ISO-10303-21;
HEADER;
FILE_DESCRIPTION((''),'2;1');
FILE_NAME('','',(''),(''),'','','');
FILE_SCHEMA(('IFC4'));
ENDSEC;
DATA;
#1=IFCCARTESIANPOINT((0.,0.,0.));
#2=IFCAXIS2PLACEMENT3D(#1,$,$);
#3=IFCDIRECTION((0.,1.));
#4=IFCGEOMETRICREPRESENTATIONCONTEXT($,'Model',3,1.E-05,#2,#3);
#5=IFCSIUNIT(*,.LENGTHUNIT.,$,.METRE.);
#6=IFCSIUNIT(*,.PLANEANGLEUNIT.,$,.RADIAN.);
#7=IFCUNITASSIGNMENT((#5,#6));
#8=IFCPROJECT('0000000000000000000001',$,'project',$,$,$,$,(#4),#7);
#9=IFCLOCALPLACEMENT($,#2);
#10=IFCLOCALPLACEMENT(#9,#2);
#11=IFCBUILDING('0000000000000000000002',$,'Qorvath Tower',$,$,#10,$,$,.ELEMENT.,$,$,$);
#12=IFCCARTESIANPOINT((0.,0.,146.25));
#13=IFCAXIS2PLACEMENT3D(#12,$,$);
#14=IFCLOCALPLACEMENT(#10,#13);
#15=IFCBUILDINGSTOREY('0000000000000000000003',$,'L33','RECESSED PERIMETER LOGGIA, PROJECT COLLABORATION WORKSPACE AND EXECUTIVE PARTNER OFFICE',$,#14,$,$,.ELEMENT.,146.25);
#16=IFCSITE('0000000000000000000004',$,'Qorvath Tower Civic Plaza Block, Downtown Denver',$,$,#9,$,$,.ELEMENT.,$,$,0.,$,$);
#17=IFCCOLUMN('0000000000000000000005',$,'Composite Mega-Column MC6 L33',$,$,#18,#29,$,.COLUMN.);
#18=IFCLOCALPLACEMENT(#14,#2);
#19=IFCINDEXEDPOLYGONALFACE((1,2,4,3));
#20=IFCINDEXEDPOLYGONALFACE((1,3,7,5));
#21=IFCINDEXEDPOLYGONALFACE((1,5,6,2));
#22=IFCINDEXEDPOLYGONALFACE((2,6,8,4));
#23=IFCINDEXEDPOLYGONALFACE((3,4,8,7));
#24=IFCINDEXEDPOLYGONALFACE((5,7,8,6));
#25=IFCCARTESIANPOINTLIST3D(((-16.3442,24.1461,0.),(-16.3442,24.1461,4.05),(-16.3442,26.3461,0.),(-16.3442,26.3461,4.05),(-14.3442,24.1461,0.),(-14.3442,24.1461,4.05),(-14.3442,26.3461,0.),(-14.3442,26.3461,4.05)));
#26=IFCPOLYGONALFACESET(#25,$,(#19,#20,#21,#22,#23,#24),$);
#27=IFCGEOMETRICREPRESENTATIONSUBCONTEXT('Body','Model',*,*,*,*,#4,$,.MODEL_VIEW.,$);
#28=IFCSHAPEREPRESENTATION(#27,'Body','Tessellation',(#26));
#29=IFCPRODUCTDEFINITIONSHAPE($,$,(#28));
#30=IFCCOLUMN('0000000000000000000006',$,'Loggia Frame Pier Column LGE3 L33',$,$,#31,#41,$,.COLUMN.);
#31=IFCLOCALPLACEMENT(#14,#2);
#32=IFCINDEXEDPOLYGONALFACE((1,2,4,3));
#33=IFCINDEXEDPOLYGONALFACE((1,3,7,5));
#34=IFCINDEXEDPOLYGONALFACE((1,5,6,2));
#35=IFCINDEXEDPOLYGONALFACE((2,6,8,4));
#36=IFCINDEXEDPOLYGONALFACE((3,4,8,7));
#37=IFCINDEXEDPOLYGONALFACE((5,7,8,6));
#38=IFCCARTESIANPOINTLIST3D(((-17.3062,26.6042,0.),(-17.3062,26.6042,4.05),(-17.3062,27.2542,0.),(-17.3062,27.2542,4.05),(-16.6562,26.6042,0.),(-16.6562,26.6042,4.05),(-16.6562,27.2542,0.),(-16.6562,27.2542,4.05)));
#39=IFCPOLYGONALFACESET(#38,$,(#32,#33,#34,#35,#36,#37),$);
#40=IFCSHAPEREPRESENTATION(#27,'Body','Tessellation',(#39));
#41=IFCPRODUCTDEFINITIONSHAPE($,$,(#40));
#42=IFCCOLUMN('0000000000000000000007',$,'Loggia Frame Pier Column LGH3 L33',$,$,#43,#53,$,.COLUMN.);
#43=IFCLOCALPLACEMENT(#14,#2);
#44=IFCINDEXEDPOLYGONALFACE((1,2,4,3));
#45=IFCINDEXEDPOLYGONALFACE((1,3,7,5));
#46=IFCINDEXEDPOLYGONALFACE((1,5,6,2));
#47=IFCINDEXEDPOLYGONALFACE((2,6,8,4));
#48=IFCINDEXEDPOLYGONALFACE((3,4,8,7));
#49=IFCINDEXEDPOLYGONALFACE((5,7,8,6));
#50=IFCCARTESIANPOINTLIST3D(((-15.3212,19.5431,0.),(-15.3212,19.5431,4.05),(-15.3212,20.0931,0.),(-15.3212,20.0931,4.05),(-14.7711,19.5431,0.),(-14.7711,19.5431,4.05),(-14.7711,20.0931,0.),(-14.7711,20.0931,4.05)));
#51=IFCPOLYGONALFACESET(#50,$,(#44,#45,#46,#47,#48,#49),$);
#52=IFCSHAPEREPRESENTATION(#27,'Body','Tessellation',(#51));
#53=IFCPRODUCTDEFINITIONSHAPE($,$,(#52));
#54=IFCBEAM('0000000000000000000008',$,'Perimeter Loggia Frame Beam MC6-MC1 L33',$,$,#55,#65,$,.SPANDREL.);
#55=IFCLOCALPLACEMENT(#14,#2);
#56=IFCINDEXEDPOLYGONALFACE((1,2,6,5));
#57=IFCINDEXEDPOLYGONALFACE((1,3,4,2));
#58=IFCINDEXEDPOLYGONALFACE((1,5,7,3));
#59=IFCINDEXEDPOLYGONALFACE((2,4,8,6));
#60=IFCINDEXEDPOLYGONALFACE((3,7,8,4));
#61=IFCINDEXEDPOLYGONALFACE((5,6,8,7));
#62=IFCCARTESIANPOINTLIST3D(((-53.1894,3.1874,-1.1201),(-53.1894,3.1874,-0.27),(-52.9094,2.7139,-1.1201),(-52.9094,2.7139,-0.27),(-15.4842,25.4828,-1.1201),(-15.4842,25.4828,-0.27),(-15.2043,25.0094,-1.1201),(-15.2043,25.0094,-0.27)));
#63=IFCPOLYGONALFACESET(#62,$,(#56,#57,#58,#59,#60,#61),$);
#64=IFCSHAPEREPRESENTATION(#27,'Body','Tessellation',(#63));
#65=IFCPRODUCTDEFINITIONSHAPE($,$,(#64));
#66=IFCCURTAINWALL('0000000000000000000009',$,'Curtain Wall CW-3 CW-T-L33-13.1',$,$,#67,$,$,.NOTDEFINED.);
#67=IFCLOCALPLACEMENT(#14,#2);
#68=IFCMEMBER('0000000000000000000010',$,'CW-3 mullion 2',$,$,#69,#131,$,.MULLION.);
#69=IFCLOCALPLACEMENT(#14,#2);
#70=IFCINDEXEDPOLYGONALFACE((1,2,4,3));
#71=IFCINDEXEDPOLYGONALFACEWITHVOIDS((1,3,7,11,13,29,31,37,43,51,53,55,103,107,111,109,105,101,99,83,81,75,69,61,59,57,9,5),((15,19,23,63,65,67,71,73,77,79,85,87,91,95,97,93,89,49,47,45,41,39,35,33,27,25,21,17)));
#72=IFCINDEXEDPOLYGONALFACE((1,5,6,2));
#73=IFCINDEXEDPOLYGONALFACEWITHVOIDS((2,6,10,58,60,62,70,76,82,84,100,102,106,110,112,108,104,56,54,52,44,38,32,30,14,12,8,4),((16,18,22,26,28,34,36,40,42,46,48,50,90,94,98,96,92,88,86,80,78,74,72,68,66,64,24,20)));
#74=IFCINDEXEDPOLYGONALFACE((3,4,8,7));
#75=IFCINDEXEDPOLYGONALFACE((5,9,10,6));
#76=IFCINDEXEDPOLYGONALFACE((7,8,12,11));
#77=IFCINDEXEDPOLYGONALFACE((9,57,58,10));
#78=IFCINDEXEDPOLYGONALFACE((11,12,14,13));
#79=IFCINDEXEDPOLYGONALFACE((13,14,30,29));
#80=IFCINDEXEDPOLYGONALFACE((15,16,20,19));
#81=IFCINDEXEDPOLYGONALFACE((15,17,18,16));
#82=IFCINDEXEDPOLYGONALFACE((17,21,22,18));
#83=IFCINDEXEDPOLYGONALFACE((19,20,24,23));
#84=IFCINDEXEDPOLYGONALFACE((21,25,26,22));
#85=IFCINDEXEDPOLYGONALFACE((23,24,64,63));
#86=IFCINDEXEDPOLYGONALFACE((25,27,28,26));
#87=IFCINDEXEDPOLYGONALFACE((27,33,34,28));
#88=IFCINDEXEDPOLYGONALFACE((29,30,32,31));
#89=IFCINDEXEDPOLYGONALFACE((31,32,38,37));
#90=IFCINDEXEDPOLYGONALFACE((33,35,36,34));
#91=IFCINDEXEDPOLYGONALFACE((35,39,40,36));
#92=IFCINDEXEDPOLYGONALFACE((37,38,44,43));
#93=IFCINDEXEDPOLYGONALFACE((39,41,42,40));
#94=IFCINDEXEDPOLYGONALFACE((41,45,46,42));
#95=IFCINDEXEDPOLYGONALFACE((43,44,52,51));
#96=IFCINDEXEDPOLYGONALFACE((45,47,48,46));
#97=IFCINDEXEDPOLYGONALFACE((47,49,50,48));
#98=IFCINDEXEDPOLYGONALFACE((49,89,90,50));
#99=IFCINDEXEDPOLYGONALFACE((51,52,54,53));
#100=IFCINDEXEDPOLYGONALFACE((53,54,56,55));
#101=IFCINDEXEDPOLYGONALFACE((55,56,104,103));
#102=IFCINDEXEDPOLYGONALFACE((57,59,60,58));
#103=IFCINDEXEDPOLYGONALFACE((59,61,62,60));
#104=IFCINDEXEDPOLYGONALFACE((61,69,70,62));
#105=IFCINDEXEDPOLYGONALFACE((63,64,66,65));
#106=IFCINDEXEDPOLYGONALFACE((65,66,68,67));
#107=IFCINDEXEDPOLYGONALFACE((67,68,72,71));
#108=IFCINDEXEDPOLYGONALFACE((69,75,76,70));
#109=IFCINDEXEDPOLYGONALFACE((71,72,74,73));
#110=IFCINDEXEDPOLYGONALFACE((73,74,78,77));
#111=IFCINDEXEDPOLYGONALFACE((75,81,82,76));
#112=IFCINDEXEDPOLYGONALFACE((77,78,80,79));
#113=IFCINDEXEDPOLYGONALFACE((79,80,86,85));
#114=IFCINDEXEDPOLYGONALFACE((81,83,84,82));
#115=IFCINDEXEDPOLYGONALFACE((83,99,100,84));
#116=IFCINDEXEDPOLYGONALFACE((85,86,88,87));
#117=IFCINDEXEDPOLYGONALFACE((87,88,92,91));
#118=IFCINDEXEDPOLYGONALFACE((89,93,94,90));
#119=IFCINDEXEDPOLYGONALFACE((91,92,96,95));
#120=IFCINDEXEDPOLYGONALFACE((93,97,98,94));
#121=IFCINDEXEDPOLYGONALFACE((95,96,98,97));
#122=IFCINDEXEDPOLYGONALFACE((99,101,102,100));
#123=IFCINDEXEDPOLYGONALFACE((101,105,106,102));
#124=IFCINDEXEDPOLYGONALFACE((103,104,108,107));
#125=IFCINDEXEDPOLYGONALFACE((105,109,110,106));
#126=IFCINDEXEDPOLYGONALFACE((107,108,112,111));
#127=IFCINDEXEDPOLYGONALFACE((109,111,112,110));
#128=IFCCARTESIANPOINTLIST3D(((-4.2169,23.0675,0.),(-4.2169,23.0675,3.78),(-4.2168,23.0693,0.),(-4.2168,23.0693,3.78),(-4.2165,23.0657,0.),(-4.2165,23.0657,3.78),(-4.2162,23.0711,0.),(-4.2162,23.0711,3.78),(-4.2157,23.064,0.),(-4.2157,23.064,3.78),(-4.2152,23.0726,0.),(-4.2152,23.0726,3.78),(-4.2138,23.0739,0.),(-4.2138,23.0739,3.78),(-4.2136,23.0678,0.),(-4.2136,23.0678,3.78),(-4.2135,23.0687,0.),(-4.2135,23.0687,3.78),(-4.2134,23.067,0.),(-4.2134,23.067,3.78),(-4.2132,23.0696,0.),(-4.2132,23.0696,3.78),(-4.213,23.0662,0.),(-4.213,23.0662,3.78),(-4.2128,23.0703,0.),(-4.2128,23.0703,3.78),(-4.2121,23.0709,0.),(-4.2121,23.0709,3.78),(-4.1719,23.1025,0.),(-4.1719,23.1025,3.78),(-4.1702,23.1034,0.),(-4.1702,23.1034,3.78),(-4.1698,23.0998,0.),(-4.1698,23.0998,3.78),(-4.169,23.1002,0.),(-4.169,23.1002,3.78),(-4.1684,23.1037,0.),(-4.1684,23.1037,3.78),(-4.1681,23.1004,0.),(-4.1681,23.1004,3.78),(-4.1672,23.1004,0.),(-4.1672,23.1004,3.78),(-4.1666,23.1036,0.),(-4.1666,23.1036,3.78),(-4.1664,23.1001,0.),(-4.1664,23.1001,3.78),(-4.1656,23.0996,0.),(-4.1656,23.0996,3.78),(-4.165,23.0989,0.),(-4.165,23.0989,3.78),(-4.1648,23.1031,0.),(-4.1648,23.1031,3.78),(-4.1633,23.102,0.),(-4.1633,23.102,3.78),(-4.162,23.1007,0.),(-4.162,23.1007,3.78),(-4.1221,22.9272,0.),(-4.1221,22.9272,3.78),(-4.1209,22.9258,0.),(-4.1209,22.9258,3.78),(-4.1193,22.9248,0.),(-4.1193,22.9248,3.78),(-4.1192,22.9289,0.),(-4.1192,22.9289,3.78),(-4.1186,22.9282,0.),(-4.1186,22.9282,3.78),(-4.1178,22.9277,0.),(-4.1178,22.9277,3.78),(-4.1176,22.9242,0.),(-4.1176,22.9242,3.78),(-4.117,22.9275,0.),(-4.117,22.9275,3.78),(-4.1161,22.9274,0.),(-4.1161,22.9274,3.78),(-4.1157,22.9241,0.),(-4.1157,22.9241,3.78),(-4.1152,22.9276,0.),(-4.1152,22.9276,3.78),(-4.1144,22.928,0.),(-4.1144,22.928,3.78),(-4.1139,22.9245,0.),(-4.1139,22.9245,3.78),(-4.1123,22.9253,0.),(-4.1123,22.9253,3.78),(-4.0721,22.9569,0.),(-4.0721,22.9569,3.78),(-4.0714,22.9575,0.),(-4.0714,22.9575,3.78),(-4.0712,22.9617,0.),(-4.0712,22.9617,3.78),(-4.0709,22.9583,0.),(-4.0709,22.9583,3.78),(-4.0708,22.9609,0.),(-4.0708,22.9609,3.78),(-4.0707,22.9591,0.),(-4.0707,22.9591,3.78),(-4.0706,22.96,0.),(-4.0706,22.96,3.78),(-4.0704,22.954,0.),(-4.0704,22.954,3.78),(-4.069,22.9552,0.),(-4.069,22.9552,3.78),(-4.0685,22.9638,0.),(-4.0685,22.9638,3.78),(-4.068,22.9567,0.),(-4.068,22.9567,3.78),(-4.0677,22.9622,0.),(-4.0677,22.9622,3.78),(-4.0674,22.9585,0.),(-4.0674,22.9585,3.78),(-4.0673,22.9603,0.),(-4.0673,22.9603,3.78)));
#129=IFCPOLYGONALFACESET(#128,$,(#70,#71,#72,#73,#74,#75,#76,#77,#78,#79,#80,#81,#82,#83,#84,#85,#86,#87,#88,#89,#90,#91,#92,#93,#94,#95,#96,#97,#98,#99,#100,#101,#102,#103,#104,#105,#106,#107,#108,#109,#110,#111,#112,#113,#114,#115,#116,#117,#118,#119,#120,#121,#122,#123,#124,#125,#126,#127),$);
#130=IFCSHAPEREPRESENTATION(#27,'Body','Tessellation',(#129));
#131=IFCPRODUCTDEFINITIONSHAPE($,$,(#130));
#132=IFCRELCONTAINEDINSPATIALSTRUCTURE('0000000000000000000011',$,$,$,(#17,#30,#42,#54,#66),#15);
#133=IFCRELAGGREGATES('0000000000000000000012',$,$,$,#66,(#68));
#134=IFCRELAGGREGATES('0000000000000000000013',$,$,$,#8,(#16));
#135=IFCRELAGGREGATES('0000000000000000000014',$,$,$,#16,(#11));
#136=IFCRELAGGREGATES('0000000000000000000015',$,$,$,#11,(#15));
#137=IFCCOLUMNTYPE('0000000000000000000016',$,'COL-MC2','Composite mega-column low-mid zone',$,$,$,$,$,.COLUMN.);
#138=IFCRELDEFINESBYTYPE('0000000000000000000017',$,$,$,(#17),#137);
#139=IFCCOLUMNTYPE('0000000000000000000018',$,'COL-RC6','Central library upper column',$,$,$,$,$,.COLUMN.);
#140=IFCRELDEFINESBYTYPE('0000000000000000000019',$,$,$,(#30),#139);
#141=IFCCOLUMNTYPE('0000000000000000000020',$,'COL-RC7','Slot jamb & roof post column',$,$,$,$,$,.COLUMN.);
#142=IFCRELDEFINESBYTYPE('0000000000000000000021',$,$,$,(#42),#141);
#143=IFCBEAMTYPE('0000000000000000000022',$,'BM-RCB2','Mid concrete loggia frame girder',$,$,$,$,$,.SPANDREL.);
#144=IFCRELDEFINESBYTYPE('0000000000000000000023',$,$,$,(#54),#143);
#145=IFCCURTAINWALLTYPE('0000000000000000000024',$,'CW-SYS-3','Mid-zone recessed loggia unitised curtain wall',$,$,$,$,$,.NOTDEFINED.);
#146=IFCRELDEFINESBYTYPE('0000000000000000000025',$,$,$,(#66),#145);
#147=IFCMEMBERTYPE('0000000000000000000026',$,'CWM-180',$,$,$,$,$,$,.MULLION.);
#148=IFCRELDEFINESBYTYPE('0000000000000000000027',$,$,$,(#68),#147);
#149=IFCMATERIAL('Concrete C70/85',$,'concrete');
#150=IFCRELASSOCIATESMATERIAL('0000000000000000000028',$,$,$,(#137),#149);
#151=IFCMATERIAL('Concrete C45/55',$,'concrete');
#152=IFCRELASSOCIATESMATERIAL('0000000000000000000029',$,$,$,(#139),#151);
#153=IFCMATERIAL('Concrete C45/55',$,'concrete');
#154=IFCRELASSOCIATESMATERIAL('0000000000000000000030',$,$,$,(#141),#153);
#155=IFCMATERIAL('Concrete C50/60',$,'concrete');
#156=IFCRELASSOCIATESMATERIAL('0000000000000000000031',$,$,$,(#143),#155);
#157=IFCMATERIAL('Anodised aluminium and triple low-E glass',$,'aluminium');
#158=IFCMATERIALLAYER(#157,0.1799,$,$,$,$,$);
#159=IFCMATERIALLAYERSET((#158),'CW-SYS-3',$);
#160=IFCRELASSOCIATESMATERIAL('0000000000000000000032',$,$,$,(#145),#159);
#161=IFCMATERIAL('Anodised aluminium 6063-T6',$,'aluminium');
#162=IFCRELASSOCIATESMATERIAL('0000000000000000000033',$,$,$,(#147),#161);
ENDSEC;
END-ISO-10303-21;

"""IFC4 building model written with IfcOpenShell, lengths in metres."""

from ifc_helpers import new_model, si_unit, direction, frame, origin, origin_2d, place, context, subcontext, project, spatial, rectangle, hollow_rectangle, extrude, material, layer, layer_set, material_profile, profile_set, type_object, element, aggregate, save


model = new_model("IFC4")

# Units and contexts
model_context = context("Model", 3, precision=1e-05, world=origin(), true_north=direction((0.0, 1.0)))
body_context = subcontext(model_context, "Body", "Model", "MODEL_VIEW")
ifc_project = project(units=[si_unit("LENGTHUNIT", "METRE"), si_unit("PLANEANGLEUNIT", "RADIAN")], contexts=[model_context])

# Site, building, storey
site_placement = place(None, origin())
site = spatial("IfcSite", under=ifc_project, at=site_placement, Name="Qorvath Tower Civic Plaza Block, Downtown Denver", CompositionType="ELEMENT", RefElevation=0.0)
building_placement = place(site_placement, origin())
building = spatial("IfcBuilding", under=site, at=building_placement, Name="Qorvath Tower", CompositionType="ELEMENT")
storey_placement = place(building_placement, frame((0.0, 0.0, 146.25)))
storey = spatial("IfcBuildingStorey", under=building, at=storey_placement, Name="L33", Description="RECESSED PERIMETER LOGGIA, PROJECT COLLABORATION WORKSPACE AND EXECUTIVE PARTNER OFFICE", CompositionType="ELEMENT", Elevation=146.25)

# Columns
ifc_material_1 = material(Name="Concrete C70/85", Category="concrete")
ifc_material_profile_1 = material_profile(ifc_material_1, rectangle(XDim=2.0, YDim=2.2, at=origin_2d()), Name="MC 2200x2000")
ifc_profile_set_1 = profile_set([ifc_material_profile_1], Name="Concrete C70/85")
column_type_1 = type_object("IfcColumnType", Name="COL-MC2", Description="Composite mega-column low-mid zone", PredefinedType="COLUMN", material=ifc_profile_set_1)
column_1_placement = place(storey_placement, frame((-15.3442, 25.2461, 0.0), z_axis=(0.0, 0.0, 1.0), x_axis=(1.0, 0.0, 0.0)))
element("IfcColumn", 1, at=column_1_placement, inside=storey, type_object=column_type_1, Name="Composite Mega-Column MC6 L33", PredefinedType="COLUMN", context=body_context, shape_type="SweptSolid", body=[
    extrude(rectangle(XDim=2.0, YDim=2.2, at=origin_2d()), origin(), (0.0, 0.0, 1.0), 4.05),
])
ifc_material_2 = material(Name="Concrete C45/55", Category="concrete")
ifc_material_profile_2 = material_profile(ifc_material_2, rectangle(XDim=0.6499, YDim=0.6499, at=origin_2d()), Name="RC 650x650")
ifc_profile_set_2 = profile_set([ifc_material_profile_2], Name="Concrete C45/55")
column_type_2 = type_object("IfcColumnType", Name="COL-RC6", Description="Central library upper column", PredefinedType="COLUMN", material=ifc_profile_set_2)
column_2_placement = place(storey_placement, frame((-16.9812, 26.9292, 0.0), z_axis=(0.0, 0.0, 1.0), x_axis=(1.0, 0.0, 0.0)))
element("IfcColumn", 2, at=column_2_placement, inside=storey, type_object=column_type_2, Name="Loggia Frame Pier Column LGE3 L33", PredefinedType="COLUMN", context=body_context, shape_type="SweptSolid", body=[
    extrude(rectangle(XDim=0.6499, YDim=0.6499, at=origin_2d()), origin(), (0.0, 0.0, 1.0), 4.05),
])
ifc_material_3 = material(Name="Concrete C45/55", Category="concrete")
ifc_material_profile_3 = material_profile(ifc_material_3, rectangle(XDim=0.55, YDim=0.55, at=origin_2d()), Name="RC 550x550")
ifc_profile_set_3 = profile_set([ifc_material_profile_3], Name="Concrete C45/55")
column_type_3 = type_object("IfcColumnType", Name="COL-RC7", Description="Slot jamb & roof post column", PredefinedType="COLUMN", material=ifc_profile_set_3)
column_3_placement = place(storey_placement, frame((-15.0461, 19.8181, 0.0), z_axis=(0.0, 0.0, 1.0), x_axis=(1.0, 0.0, 0.0)))
element("IfcColumn", 3, at=column_3_placement, inside=storey, type_object=column_type_3, Name="Loggia Frame Pier Column LGH3 L33", PredefinedType="COLUMN", context=body_context, shape_type="SweptSolid", body=[
    extrude(rectangle(XDim=0.55, YDim=0.55, at=origin_2d()), origin(), (0.0, 0.0, 1.0), 4.05),
])

# Beam
ifc_material_4 = material(Name="Concrete C50/60", Category="concrete")
ifc_material_profile_4 = material_profile(ifc_material_4, rectangle(XDim=0.55, YDim=0.8501, at=origin_2d()), Name="RCB 850x550")
ifc_profile_set_4 = profile_set([ifc_material_profile_4], Name="Concrete C50/60")
beam_type = type_object("IfcBeamType", Name="BM-RCB2", Description="Mid concrete loggia frame girder", PredefinedType="SPANDREL", material=ifc_profile_set_4)
beam_placement = place(storey_placement, frame((-15.3442, 25.2461, -0.6951), z_axis=(-0.860775, -0.508985, 0.0), x_axis=(0.508985, -0.860775, 0.0)))
element("IfcBeam", 4, at=beam_placement, inside=storey, type_object=beam_type, Name="Perimeter Loggia Frame Beam MC6-MC1 L33", PredefinedType="SPANDREL", context=body_context, shape_type="SweptSolid", body=[
    extrude(rectangle(XDim=0.55, YDim=0.8501, at=origin_2d()), origin(), (0.0, 0.0, 1.0), 43.8037),
])

# Curtain wall, member
ifc_material_5 = material(Name="Anodised aluminium and triple low-E glass", Category="aluminium")
ifc_layer_1 = layer(ifc_material_5, 0.1799)
ifc_layer_set_1 = layer_set([ifc_layer_1], Name="CW-SYS-3")
curtain_wall_type = type_object("IfcCurtainWallType", Name="CW-SYS-3", Description="Mid-zone recessed loggia unitised curtain wall", PredefinedType="NOTDEFINED", material=ifc_layer_set_1)
curtain_wall_1_placement = place(storey_placement, origin())
curtain_wall_1 = element("IfcCurtainWall", 5, at=curtain_wall_1_placement, inside=storey, type_object=curtain_wall_type, Name="Curtain Wall CW-3 CW-T-L33-13.1", PredefinedType="NOTDEFINED")
ifc_material_6 = material(Name="Anodised aluminium 6063-T6", Category="aluminium")
ifc_material_profile_5 = material_profile(ifc_material_6, hollow_rectangle(XDim=0.0649, YDim=0.1799, WallThickness=0.0034, InnerFilletRadius=0.0034, OuterFilletRadius=0.0071, at=origin_2d()), Name="CWM 180x65")
ifc_profile_set_5 = profile_set([ifc_material_profile_5], Name="Anodised aluminium 6063-T6")
member_type_1 = type_object("IfcMemberType", Name="CWM-180", PredefinedType="MULLION", material=ifc_profile_set_5)
member_1_placement = place(storey_placement, frame((-4.1421, 23.0139, 0.0), z_axis=(0.0, 0.0, 1.0), x_axis=(-0.82561, -0.564241, 0.0)))
member_1 = element("IfcMember", 6, at=member_1_placement, type_object=member_type_1, Name="CW-3 mullion 2", PredefinedType="MULLION", context=body_context, shape_type="SweptSolid", body=[
    extrude(hollow_rectangle(XDim=0.0649, YDim=0.1799, WallThickness=0.0034, InnerFilletRadius=0.0034, OuterFilletRadius=0.0071, at=origin_2d()), origin(), (0.0, 0.0, 1.0), 3.78),
])

aggregate(curtain_wall_1, [member_1])

save(model, "model.ifc")
